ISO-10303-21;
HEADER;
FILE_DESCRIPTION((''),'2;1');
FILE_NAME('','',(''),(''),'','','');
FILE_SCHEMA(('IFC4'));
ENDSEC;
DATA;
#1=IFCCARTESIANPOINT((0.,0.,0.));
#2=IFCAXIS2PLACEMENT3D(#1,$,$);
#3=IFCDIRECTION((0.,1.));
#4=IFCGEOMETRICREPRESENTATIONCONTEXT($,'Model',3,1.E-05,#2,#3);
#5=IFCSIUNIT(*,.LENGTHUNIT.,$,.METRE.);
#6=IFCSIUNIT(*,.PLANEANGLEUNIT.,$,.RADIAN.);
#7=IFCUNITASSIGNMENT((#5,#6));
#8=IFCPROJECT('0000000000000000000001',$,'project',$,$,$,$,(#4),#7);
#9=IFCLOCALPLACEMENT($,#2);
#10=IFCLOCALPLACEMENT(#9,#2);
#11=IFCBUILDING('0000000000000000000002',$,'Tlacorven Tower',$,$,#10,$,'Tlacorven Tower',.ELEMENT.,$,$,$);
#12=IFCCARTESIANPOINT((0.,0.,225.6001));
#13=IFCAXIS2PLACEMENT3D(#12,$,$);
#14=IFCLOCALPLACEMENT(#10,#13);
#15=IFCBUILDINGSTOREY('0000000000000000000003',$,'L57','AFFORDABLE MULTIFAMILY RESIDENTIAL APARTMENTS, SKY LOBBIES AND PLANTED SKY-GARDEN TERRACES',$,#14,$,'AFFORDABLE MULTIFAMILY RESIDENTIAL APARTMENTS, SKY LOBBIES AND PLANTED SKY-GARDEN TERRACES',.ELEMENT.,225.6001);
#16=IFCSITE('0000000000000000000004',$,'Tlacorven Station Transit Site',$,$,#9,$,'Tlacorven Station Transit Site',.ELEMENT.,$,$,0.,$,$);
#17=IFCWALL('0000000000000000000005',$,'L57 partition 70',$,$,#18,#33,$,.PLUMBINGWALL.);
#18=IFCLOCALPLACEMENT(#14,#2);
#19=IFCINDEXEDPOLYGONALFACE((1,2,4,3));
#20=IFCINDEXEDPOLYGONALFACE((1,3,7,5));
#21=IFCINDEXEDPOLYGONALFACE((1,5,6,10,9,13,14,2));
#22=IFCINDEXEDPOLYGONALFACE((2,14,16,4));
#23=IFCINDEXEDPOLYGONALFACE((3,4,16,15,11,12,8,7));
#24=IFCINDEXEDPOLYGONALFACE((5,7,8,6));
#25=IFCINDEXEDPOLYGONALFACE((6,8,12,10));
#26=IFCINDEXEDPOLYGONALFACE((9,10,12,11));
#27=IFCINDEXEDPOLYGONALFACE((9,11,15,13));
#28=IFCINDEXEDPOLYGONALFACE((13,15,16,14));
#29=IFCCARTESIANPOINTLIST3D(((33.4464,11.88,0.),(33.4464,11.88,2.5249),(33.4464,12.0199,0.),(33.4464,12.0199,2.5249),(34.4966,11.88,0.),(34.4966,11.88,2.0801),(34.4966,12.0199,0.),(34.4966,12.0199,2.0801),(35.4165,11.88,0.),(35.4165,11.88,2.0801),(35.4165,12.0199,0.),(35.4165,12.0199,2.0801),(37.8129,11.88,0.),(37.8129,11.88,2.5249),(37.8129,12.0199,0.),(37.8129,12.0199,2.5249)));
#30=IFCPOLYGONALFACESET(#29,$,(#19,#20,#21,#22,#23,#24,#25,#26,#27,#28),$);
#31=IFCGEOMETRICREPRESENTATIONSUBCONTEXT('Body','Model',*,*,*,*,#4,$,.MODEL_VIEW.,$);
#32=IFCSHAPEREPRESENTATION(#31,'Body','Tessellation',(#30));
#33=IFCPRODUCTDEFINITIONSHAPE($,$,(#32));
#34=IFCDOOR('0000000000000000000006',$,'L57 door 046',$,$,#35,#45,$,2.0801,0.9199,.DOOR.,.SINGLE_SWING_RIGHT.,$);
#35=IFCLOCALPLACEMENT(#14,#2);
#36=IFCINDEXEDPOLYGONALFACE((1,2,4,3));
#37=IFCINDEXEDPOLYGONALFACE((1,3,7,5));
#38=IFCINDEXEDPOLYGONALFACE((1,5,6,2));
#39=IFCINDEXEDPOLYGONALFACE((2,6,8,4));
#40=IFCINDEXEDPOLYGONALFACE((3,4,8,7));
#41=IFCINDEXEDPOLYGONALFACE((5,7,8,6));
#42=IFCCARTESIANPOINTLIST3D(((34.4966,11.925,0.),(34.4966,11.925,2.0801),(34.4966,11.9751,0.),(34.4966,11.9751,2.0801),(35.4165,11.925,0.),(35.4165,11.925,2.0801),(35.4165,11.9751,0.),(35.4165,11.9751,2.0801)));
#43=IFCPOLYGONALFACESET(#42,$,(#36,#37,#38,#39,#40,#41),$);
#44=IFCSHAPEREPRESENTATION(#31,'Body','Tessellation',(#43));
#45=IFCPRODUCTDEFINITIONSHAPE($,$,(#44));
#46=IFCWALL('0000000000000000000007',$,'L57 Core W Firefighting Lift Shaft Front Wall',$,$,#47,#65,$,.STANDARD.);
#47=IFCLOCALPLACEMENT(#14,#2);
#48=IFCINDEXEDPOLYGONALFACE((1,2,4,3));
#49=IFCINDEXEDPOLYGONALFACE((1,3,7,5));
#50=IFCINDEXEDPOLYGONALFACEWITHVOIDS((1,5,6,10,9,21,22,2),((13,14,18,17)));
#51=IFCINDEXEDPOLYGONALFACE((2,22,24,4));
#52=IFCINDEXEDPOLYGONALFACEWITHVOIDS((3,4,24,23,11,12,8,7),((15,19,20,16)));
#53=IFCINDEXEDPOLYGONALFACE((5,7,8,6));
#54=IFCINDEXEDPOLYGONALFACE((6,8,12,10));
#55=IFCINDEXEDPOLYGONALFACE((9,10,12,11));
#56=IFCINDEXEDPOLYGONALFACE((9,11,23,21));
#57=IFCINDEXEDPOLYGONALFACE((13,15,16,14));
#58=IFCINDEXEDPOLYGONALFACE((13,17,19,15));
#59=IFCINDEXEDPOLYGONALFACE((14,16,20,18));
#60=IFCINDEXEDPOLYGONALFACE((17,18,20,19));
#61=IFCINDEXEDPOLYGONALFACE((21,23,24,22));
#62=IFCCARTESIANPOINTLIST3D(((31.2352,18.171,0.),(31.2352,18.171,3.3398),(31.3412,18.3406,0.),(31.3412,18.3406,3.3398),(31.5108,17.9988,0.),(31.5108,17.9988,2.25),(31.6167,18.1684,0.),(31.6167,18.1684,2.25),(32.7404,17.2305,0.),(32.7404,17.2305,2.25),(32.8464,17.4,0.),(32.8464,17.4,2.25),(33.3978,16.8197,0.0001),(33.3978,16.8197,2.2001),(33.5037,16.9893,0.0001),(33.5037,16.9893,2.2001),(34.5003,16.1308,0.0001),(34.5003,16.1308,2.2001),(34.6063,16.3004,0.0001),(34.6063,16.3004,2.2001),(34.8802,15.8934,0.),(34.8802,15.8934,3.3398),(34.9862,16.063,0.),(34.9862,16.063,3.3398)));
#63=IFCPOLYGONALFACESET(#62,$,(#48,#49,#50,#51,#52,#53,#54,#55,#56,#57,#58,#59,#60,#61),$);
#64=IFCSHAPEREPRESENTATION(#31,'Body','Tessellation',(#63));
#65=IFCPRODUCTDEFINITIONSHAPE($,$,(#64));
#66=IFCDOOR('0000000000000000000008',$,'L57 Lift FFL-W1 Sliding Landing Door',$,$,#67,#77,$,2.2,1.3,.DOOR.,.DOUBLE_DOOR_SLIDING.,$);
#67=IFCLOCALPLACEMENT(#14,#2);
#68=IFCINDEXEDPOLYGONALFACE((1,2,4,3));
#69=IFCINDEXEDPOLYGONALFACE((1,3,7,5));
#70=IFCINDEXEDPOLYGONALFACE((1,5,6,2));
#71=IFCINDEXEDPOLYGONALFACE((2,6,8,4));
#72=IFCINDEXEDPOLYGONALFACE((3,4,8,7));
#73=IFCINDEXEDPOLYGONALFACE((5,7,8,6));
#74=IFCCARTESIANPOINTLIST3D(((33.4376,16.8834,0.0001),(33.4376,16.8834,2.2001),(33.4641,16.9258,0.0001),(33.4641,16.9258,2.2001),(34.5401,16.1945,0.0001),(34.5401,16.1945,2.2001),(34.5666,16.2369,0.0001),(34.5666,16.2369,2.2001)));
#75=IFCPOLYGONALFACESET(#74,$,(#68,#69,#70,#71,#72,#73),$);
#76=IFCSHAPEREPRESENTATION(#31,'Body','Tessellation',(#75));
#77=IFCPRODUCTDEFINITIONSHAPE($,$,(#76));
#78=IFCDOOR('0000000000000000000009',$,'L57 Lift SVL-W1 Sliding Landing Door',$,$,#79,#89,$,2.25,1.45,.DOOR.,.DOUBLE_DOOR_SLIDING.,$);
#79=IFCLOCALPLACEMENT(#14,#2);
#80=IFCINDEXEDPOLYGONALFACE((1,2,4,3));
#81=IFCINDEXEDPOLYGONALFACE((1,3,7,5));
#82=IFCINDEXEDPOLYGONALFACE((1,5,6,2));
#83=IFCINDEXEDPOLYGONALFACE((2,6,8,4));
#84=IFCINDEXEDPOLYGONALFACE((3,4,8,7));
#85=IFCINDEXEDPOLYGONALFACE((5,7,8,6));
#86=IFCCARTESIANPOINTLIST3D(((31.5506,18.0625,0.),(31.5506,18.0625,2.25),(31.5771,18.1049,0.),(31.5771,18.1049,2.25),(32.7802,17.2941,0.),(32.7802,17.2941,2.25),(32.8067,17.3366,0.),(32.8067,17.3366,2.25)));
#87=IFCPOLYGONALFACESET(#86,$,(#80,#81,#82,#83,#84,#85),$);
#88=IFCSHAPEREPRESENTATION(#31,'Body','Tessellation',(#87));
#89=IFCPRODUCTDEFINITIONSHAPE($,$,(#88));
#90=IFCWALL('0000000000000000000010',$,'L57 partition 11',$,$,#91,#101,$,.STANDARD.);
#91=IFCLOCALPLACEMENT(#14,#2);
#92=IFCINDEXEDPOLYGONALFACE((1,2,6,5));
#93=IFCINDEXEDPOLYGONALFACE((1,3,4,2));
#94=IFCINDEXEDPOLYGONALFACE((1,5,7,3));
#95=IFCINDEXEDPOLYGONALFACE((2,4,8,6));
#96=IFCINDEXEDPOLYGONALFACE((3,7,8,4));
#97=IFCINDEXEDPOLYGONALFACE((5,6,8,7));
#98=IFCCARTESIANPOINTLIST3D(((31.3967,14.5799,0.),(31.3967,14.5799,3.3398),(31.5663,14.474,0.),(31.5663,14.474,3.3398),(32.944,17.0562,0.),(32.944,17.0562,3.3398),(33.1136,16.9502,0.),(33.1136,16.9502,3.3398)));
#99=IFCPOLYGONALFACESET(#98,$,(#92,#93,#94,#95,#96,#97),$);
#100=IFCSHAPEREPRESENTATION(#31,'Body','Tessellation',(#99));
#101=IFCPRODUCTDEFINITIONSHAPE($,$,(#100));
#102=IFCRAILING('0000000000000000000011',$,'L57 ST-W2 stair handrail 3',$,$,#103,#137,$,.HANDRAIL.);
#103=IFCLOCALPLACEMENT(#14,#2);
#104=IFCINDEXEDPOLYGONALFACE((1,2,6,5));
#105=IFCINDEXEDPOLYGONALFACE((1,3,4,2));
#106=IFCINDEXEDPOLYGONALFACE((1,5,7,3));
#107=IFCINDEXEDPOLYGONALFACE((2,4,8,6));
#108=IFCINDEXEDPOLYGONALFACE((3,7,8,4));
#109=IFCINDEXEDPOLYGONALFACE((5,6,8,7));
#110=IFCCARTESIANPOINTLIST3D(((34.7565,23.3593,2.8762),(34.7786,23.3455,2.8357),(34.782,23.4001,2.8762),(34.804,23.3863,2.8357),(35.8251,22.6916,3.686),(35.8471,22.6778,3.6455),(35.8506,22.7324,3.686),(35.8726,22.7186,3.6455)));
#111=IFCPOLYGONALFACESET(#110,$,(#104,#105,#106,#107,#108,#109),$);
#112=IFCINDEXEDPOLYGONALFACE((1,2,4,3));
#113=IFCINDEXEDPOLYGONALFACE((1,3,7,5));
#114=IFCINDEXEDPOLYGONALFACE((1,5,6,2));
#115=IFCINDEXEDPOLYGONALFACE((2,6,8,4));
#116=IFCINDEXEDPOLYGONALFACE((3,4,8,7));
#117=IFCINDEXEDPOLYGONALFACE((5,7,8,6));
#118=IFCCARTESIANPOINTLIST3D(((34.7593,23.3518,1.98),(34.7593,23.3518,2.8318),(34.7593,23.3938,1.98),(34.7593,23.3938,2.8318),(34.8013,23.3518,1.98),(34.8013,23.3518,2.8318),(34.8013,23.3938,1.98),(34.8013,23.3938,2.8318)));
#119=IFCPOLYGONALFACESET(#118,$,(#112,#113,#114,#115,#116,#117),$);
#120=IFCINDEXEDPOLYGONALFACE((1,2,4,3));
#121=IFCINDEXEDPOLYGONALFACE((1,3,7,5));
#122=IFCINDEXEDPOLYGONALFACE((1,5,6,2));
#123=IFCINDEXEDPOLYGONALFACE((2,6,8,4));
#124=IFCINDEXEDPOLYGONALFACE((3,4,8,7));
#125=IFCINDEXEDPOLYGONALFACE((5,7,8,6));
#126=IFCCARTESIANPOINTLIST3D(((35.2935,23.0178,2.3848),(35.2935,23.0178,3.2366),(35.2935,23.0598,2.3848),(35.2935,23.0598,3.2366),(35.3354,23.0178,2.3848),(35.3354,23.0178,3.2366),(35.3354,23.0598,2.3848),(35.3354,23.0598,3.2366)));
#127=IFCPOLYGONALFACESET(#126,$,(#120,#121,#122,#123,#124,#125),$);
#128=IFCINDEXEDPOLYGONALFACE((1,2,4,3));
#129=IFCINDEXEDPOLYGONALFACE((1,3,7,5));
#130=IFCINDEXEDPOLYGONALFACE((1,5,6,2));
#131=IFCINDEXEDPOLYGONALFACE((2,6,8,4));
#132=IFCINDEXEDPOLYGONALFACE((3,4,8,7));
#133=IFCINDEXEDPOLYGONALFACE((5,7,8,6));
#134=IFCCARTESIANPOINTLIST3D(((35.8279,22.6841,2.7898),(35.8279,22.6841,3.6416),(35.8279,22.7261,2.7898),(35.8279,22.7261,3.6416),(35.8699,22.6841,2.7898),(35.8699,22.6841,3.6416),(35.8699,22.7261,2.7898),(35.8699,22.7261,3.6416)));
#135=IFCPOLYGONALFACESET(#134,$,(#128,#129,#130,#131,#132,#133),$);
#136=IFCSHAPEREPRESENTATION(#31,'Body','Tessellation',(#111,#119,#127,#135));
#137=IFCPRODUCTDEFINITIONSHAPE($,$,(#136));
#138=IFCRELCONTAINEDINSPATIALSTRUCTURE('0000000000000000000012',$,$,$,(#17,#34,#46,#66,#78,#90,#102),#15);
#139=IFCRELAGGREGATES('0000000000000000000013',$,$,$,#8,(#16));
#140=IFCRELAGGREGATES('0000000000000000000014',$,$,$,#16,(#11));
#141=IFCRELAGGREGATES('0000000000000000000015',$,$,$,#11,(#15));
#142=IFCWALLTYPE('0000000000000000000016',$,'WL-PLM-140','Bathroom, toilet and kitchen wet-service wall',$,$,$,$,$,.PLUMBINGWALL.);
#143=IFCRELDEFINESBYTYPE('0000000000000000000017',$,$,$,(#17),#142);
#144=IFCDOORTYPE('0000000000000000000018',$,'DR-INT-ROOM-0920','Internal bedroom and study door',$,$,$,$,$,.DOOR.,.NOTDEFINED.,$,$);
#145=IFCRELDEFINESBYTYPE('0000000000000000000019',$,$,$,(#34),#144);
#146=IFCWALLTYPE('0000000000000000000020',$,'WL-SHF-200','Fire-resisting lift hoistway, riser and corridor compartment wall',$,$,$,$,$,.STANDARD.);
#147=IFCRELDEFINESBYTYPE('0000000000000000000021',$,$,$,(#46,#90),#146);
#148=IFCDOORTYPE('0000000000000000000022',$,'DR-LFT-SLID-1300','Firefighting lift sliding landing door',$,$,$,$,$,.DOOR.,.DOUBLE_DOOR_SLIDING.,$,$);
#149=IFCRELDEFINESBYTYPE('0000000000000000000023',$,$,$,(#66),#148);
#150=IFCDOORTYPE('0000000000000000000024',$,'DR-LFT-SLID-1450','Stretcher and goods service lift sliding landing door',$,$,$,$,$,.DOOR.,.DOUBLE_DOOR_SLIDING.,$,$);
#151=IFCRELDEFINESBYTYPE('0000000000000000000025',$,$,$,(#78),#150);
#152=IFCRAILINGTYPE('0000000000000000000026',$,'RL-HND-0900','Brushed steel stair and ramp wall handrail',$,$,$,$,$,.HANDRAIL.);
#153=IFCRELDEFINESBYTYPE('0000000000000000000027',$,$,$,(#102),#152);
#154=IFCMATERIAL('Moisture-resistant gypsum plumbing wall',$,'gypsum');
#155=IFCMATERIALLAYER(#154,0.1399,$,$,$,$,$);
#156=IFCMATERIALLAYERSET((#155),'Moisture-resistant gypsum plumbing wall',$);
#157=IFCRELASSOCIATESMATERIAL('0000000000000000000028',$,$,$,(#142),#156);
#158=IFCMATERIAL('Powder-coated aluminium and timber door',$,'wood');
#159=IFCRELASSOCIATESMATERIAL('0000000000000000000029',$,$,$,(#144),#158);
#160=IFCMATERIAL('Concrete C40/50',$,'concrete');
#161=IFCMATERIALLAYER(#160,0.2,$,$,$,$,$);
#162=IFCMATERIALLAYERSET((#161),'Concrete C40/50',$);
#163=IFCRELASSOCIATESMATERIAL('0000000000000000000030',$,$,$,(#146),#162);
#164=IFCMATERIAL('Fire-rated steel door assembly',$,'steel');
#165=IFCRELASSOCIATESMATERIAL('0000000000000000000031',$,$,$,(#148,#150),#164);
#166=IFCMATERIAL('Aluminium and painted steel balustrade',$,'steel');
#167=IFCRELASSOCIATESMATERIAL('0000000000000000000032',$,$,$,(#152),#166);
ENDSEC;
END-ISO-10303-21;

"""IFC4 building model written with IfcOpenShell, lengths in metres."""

from ifc_helpers import new_model, si_unit, direction, frame, frame_2d, origin, origin_2d, place, context, subcontext, project, spatial, rectangle, extrude, source, transform, mapped, material, layer, layer_set, type_object, element, fill, save


model = new_model("IFC4")

# Units and contexts
model_context = context("Model", 3, precision=1e-05, world=origin(), true_north=direction((0.0, 1.0)))
body_context = subcontext(model_context, "Body", "Model", "MODEL_VIEW")
ifc_project = project(units=[si_unit("LENGTHUNIT", "METRE"), si_unit("PLANEANGLEUNIT", "RADIAN")], contexts=[model_context])

# Site, building, storey
site_placement = place(None, origin())
site = spatial("IfcSite", under=ifc_project, at=site_placement, Name="Tlacorven Station Transit Site", LongName="Tlacorven Station Transit Site", CompositionType="ELEMENT", RefElevation=0.0)
building_placement = place(site_placement, origin())
building = spatial("IfcBuilding", under=site, at=building_placement, Name="Tlacorven Tower", LongName="Tlacorven Tower", CompositionType="ELEMENT")
storey_placement = place(building_placement, frame((0.0, 0.0, 225.6001)))
storey = spatial("IfcBuildingStorey", under=building, at=storey_placement, Name="L57", Description="AFFORDABLE MULTIFAMILY RESIDENTIAL APARTMENTS, SKY LOBBIES AND PLANTED SKY-GARDEN TERRACES", LongName="AFFORDABLE MULTIFAMILY RESIDENTIAL APARTMENTS, SKY LOBBIES AND PLANTED SKY-GARDEN TERRACES", CompositionType="ELEMENT", Elevation=225.6001)

# Shared definitions
ifc_material_1 = material(Name="Powder-coated aluminium and timber door", Category="wood")

# Shared definitions
ifc_material_2 = material(Name="Moisture-resistant gypsum plumbing wall", Category="gypsum")
ifc_layer_1 = layer(ifc_material_2, 0.1399)
ifc_layer_set_1 = layer_set([ifc_layer_1], Name="Moisture-resistant gypsum plumbing wall")
wall_type_1 = type_object("IfcWallType", Name="WL-PLM-140", Description="Bathroom, toilet and kitchen wet-service wall", PredefinedType="PLUMBINGWALL", material=ifc_layer_set_1)

# Wall, opening, door
wall_1_placement = place(storey_placement, frame((33.4465, 11.95, 0.0), z_axis=(0.0, 0.0, 1.0), x_axis=(1.0, 0.0, 0.0)))
wall_1 = element("IfcWall", 1, at=wall_1_placement, inside=storey, type_object=wall_type_1, Name="L57 partition 70", PredefinedType="PLUMBINGWALL", context=body_context, shape_type="SweptSolid", body=[
    extrude(rectangle(XDim=4.3665, YDim=0.1399, at=frame_2d((2.1831, 0.0))), origin(), (0.0, 0.0, 1.0), 2.5249),
])
opening_1_placement = place(wall_1_placement, frame((1.05, 0.0, 0.0)))
opening_1 = element("IfcOpeningElement", 2, at=opening_1_placement, cuts=wall_1, PredefinedType="OPENING", context=body_context, shape_type="SweptSolid", body=[
    extrude(rectangle(XDim=0.9199, YDim=2.0801, at=frame_2d((0.46, 1.04))), frame((0.0, 0.0801, 0.0), z_axis=(0.0, -1.0, 0.0), x_axis=(1.0, 0.0, 0.0)), (0.0, 0.0, 1.0), 0.1599),
])
door_type_1 = type_object("IfcDoorType", Name="DR-INT-ROOM-0920", Description="Internal bedroom and study door", OperationType="NOTDEFINED", PredefinedType="DOOR", material=ifc_material_1)
shared_shape_1 = source(origin(), body_context, "Body", "SweptSolid", [
    extrude(rectangle(XDim=0.9199, YDim=2.0801, at=frame_2d((0.46, 1.04))), frame((0.0, 0.0249, 0.0), z_axis=(0.0, -1.0, 0.0), x_axis=(1.0, 0.0, 0.0)), (0.0, 0.0, 1.0), 0.05),
])
door_1_placement = place(opening_1_placement, frame((0.9199, 0.0, 0.0), z_axis=(0.0, 0.0, 1.0), x_axis=(-1.0, 0.0, 0.0)))
door_1 = element("IfcDoor", 3, at=door_1_placement, inside=storey, type_object=door_type_1, Name="L57 door 046", OperationType="SINGLE_SWING_RIGHT", OverallHeight=2.0801, OverallWidth=0.9199, PredefinedType="DOOR", context=body_context, shape_type="MappedRepresentation", body=[
    mapped(shared_shape_1, transform((0.0, 0.0, 0.0), scale=1.0)),
])
fill(opening_1, door_1)

# Wall, openings, doors
ifc_material_3 = material(Name="Concrete C40/50", Category="concrete")
ifc_layer_2 = layer(ifc_material_3, 0.2)
ifc_layer_set_2 = layer_set([ifc_layer_2], Name="Concrete C40/50")
wall_type_2 = type_object("IfcWallType", Name="WL-SHF-200", Description="Fire-resisting lift hoistway, riser and corridor compartment wall", PredefinedType="STANDARD", material=ifc_layer_set_2)
wall_2_placement = place(storey_placement, frame((34.9331, 15.9783, 0.0), z_axis=(0.0, 0.0, 1.0), x_axis=(-0.848056, 0.529907, 0.0)))
wall_2 = element("IfcWall", 4, at=wall_2_placement, inside=storey, type_object=wall_type_2, Name="L57 Core W Firefighting Lift Shaft Front Wall", PredefinedType="STANDARD", context=body_context, shape_type="SweptSolid", body=[
    extrude(rectangle(XDim=4.2981, YDim=0.2, at=frame_2d((2.1489, 0.0))), origin(), (0.0, 0.0, 1.0), 3.3398),
])
opening_2_placement = place(wall_2_placement, frame((0.448, 0.0, 0.0)))
opening_2 = element("IfcOpeningElement", 5, at=opening_2_placement, cuts=wall_2, PredefinedType="OPENING", context=body_context, shape_type="SweptSolid", body=[
    extrude(rectangle(XDim=1.3, YDim=2.2, at=frame_2d((0.6499, 1.1001))), frame((0.0, 0.1099, 0.0), z_axis=(0.0, -1.0, 0.0), x_axis=(1.0, 0.0, 0.0)), (0.0, 0.0, 1.0), 0.22),
])
opening_3_placement = place(wall_2_placement, frame((2.5229, 0.0, 0.0)))
opening_3 = element("IfcOpeningElement", 6, at=opening_3_placement, cuts=wall_2, PredefinedType="OPENING", context=body_context, shape_type="SweptSolid", body=[
    extrude(rectangle(XDim=1.45, YDim=2.25, at=frame_2d((0.7251, 1.125))), frame((0.0, 0.1099, 0.0), z_axis=(0.0, -1.0, 0.0), x_axis=(1.0, 0.0, 0.0)), (0.0, 0.0, 1.0), 0.22),
])
ifc_material_4 = material(Name="Fire-rated steel door assembly", Category="steel")
door_type_2 = type_object("IfcDoorType", Name="DR-LFT-SLID-1300", Description="Firefighting lift sliding landing door", OperationType="DOUBLE_DOOR_SLIDING", PredefinedType="DOOR", material=ifc_material_4)
shared_shape_2 = source(origin(), body_context, "Body", "SweptSolid", [
    extrude(rectangle(XDim=1.3, YDim=2.2, at=frame_2d((0.6499, 1.1001))), frame((0.0, 0.0249, 0.0), z_axis=(0.0, -1.0, 0.0), x_axis=(1.0, 0.0, 0.0)), (0.0, 0.0, 1.0), 0.05),
])
door_2_placement = place(opening_2_placement, origin())
door_2 = element("IfcDoor", 7, at=door_2_placement, inside=storey, type_object=door_type_2, Name="L57 Lift FFL-W1 Sliding Landing Door", OperationType="DOUBLE_DOOR_SLIDING", OverallHeight=2.2, OverallWidth=1.3, PredefinedType="DOOR", context=body_context, shape_type="MappedRepresentation", body=[
    mapped(shared_shape_2, transform((0.0, 0.0, 0.0), scale=1.0)),
])
fill(opening_2, door_2)
door_type_3 = type_object("IfcDoorType", Name="DR-LFT-SLID-1450", Description="Stretcher and goods service lift sliding landing door", OperationType="DOUBLE_DOOR_SLIDING", PredefinedType="DOOR", material=ifc_material_4)
shared_shape_3 = source(origin(), body_context, "Body", "SweptSolid", [
    extrude(rectangle(XDim=1.45, YDim=2.25, at=frame_2d((0.7251, 1.125))), frame((0.0, 0.0249, 0.0), z_axis=(0.0, -1.0, 0.0), x_axis=(1.0, 0.0, 0.0)), (0.0, 0.0, 1.0), 0.05),
])
door_3_placement = place(opening_3_placement, origin())
door_3 = element("IfcDoor", 8, at=door_3_placement, inside=storey, type_object=door_type_3, Name="L57 Lift SVL-W1 Sliding Landing Door", OperationType="DOUBLE_DOOR_SLIDING", OverallHeight=2.25, OverallWidth=1.45, PredefinedType="DOOR", context=body_context, shape_type="MappedRepresentation", body=[
    mapped(shared_shape_3, transform((0.0, 0.0, 0.0), scale=1.0)),
])
fill(opening_3, door_3)

# Wall
wall_3_placement = place(storey_placement, frame((33.0288, 17.0032, 0.0), z_axis=(0.0, 0.0, 1.0), x_axis=(-0.529916, -0.84805, 0.0)))
element("IfcWall", 9, at=wall_3_placement, inside=storey, type_object=wall_type_2, Name="L57 partition 11", PredefinedType="STANDARD", context=body_context, shape_type="SweptSolid", body=[
    extrude(rectangle(XDim=2.9199, YDim=0.2, at=frame_2d((1.46, 0.0))), origin(), (0.0, 0.0, 1.0), 3.3398),
])

# Railing
ifc_material_5 = material(Name="Aluminium and painted steel balustrade", Category="steel")
railing_type = type_object("IfcRailingType", Name="RL-HND-0900", Description="Brushed steel stair and ramp wall handrail", PredefinedType="HANDRAIL", material=ifc_material_5)
shared_shape_4 = source(origin(), body_context, "Body", "SweptSolid", [
    extrude(rectangle(XDim=0.0481, YDim=0.0481, at=origin_2d()), frame((0.0, 0.0, 0.876), z_axis=(0.713423, -0.445787, 0.540649), x_axis=(0.529912, 0.848053, 0.0)), (0.0, 0.0, 1.0), 1.4978),
    extrude(rectangle(XDim=0.042, YDim=0.042, at=origin_2d()), origin(), (0.0, 0.0, 1.0), 0.8518),
    extrude(rectangle(XDim=0.042, YDim=0.042, at=origin_2d()), frame((0.5342, -0.334, 0.4048)), (0.0, 0.0, 1.0), 0.8518),
    extrude(rectangle(XDim=0.042, YDim=0.042, at=origin_2d()), frame((1.0686, -0.6677, 0.8098)), (0.0, 0.0, 1.0), 0.8518),
])
railing_placement = place(storey_placement, frame((34.7803, 23.3728, 1.98)))
element("IfcRailing", 10, at=railing_placement, inside=storey, type_object=railing_type, Name="L57 ST-W2 stair handrail 3", PredefinedType="HANDRAIL", context=body_context, shape_type="MappedRepresentation", body=[
    mapped(shared_shape_4, transform((0.0, 0.0, 0.0), scale=1.0)),
])

save(model, "model.ifc")
